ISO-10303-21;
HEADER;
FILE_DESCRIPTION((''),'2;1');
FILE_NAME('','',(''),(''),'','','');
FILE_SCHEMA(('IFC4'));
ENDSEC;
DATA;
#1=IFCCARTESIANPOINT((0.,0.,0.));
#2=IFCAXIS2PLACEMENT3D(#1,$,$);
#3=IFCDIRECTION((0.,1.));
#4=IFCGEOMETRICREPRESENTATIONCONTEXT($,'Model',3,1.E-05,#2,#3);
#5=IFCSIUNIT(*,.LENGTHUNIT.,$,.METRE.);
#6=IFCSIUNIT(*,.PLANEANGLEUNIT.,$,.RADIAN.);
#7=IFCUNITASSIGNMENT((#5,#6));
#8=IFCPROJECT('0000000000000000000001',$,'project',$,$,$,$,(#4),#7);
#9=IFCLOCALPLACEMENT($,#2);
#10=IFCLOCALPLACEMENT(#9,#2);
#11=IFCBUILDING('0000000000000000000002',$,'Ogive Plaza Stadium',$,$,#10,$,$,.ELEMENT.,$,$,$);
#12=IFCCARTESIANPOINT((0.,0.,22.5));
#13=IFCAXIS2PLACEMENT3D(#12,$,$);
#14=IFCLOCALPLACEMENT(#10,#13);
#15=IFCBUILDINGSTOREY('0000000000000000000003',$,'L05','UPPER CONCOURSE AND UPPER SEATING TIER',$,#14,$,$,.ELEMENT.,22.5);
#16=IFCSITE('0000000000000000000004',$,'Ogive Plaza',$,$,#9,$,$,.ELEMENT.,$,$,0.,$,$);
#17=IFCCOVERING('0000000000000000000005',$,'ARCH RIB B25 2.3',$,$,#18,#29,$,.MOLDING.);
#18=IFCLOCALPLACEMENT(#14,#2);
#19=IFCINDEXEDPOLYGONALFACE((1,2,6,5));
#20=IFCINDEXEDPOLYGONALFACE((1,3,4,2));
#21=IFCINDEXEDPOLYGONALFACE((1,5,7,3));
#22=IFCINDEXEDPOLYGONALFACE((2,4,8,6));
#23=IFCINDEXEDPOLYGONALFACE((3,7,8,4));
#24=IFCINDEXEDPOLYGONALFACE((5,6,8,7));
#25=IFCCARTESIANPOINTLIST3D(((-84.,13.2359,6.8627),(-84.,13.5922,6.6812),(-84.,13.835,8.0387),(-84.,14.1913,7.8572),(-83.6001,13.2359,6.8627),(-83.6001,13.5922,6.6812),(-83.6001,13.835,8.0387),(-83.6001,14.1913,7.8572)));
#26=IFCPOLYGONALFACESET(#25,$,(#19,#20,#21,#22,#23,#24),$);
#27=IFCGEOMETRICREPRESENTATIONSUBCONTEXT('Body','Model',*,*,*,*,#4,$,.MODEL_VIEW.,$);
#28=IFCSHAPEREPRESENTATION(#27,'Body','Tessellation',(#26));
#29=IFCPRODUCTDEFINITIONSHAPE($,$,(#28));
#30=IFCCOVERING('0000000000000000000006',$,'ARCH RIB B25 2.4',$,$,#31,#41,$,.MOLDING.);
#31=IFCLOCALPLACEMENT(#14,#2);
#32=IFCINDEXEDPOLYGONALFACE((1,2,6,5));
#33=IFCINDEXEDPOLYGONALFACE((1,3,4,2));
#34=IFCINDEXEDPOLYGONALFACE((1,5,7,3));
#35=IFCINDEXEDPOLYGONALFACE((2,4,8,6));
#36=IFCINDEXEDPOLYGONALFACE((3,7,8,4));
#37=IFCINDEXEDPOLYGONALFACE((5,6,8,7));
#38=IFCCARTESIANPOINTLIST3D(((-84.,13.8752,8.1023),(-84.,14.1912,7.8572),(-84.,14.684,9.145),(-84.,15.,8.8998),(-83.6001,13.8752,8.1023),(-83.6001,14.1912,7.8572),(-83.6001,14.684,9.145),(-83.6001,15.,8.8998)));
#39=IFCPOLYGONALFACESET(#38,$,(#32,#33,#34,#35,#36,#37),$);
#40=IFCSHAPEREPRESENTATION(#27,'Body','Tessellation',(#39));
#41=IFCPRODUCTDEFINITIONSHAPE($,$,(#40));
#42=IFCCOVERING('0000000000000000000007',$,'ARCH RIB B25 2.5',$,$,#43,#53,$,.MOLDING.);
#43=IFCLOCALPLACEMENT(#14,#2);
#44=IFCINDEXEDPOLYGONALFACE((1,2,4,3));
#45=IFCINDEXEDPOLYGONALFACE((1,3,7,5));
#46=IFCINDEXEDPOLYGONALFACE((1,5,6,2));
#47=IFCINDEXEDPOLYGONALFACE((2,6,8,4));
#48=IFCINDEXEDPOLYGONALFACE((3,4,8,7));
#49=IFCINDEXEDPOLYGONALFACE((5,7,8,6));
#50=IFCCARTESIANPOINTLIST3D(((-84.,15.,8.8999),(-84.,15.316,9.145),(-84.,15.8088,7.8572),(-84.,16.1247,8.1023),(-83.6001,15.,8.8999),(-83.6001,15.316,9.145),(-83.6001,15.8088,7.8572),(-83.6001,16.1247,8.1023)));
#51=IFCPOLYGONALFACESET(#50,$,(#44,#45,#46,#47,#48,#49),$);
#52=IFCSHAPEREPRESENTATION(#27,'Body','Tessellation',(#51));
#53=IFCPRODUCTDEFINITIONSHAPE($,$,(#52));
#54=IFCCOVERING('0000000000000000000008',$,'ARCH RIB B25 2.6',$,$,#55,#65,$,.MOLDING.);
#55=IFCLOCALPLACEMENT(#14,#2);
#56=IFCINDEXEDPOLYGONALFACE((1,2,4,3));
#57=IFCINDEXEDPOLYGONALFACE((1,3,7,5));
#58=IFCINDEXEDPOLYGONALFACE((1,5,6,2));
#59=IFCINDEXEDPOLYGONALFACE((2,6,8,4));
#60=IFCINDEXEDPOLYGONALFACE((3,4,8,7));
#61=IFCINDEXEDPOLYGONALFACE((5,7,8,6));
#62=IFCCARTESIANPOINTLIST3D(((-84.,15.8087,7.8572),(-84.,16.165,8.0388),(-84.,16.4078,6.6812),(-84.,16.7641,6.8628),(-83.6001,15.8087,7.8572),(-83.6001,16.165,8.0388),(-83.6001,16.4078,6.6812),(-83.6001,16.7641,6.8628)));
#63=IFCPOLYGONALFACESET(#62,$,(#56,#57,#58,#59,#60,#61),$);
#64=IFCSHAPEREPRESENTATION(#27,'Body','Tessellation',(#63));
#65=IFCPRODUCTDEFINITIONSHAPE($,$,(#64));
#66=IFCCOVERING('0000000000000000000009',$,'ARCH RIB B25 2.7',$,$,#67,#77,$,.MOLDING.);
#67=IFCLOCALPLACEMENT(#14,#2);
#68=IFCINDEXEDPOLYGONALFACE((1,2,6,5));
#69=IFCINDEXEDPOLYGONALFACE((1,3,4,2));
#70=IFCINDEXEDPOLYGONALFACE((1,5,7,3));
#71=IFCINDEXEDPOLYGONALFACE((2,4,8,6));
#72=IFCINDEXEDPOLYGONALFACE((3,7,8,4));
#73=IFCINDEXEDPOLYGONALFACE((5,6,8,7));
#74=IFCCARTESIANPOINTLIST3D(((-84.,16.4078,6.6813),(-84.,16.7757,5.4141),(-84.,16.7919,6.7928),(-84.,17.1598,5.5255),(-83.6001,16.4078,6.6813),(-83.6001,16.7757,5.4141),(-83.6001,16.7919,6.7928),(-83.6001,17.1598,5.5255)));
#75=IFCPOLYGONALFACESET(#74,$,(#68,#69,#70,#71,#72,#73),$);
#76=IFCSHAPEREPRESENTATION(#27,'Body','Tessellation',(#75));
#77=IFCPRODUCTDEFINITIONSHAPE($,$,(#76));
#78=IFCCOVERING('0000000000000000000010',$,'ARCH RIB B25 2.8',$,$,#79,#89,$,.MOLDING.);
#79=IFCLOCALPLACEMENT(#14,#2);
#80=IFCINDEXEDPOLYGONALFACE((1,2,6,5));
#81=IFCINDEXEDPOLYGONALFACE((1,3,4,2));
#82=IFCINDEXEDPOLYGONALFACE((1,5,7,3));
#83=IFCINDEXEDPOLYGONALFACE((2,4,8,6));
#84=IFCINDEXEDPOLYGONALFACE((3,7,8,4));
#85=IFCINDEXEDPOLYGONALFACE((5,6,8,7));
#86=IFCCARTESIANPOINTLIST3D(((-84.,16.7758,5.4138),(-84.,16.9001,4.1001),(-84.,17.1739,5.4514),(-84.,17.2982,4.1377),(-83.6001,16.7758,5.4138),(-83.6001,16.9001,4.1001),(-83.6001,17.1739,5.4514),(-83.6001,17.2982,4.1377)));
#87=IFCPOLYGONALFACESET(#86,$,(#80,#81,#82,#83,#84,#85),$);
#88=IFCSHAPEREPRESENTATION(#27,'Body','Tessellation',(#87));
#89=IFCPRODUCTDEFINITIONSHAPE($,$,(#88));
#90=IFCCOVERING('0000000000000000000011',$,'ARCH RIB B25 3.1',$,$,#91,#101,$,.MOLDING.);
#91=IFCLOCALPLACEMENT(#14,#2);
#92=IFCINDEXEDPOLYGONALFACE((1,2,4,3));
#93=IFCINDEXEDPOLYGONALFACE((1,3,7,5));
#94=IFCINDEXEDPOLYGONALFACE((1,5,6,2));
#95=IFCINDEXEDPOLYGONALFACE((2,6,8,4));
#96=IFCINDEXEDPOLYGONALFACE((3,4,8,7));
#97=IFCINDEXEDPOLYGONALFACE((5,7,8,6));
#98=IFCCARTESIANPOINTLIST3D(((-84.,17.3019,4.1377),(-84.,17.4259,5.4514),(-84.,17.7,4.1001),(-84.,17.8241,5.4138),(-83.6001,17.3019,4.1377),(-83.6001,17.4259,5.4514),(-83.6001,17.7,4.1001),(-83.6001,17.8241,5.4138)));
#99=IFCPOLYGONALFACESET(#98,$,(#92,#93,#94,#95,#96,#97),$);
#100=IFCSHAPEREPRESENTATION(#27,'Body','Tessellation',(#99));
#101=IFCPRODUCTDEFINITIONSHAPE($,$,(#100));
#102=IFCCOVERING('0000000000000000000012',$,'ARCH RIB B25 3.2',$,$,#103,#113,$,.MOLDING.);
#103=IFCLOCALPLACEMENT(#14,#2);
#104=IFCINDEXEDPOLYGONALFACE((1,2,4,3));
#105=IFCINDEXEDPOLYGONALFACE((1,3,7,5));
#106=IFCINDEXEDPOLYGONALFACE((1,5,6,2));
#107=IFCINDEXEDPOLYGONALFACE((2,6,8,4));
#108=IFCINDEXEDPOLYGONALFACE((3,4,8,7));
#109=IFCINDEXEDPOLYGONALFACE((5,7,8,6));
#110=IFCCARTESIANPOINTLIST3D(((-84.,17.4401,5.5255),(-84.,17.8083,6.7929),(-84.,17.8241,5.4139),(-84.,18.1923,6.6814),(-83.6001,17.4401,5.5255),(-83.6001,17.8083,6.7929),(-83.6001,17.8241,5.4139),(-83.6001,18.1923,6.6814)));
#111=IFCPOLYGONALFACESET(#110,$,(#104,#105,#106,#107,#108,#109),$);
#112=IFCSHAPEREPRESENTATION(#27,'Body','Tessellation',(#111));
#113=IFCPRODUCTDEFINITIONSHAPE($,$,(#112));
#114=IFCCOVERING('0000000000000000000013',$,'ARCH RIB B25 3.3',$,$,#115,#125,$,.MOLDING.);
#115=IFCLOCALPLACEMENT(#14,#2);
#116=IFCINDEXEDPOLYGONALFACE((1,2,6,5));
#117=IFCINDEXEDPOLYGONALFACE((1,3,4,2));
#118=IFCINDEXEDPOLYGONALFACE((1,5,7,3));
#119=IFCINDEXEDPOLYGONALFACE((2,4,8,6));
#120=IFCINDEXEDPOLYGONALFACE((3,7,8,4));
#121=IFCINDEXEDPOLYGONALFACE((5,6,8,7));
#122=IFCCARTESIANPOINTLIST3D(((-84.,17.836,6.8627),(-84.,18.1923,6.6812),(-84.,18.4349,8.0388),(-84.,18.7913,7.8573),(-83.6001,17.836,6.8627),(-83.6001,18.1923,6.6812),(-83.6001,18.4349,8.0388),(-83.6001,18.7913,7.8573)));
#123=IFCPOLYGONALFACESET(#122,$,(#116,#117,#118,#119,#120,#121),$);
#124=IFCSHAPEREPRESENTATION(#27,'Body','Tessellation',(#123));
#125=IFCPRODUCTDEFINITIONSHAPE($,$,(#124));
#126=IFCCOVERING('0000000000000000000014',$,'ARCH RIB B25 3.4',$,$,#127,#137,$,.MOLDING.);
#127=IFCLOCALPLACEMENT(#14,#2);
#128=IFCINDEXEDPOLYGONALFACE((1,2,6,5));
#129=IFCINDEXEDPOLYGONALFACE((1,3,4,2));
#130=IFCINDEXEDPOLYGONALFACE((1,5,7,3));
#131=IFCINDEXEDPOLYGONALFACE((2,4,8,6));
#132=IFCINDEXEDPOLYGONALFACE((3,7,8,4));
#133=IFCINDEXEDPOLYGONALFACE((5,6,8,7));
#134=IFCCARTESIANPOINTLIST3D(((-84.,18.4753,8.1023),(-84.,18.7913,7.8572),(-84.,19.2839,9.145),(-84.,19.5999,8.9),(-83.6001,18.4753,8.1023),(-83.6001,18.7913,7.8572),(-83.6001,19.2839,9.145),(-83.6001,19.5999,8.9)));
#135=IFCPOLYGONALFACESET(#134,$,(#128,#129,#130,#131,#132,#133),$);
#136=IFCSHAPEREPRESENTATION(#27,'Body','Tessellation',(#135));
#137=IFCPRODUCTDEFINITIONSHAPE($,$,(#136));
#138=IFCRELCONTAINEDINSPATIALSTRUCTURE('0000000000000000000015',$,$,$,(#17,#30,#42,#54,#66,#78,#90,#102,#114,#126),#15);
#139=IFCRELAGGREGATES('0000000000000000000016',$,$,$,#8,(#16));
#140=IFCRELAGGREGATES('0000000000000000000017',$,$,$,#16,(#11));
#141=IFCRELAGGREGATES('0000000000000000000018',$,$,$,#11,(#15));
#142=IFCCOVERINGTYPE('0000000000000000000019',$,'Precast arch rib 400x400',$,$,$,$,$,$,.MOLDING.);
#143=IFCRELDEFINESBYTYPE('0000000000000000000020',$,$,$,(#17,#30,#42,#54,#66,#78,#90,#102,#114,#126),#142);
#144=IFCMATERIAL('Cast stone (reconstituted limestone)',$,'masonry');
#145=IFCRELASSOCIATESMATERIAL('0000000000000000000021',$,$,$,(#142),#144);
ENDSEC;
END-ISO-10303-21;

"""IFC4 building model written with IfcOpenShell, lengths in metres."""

from ifc_helpers import new_model, si_unit, direction, frame, origin, origin_2d, place, context, subcontext, project, spatial, rectangle, extrude, material, material_profile, profile_set, type_object, element, save


model = new_model("IFC4")

# Units and contexts
model_context = context("Model", 3, precision=1e-05, world=origin(), true_north=direction((0.0, 1.0)))
body_context = subcontext(model_context, "Body", "Model", "MODEL_VIEW")
ifc_project = project(units=[si_unit("LENGTHUNIT", "METRE"), si_unit("PLANEANGLEUNIT", "RADIAN")], contexts=[model_context])

# Site, building, storey
site_placement = place(None, origin())
site = spatial("IfcSite", under=ifc_project, at=site_placement, Name="Ogive Plaza", CompositionType="ELEMENT", RefElevation=0.0)
building_placement = place(site_placement, origin())
building = spatial("IfcBuilding", under=site, at=building_placement, Name="Ogive Plaza Stadium", CompositionType="ELEMENT")
storey_placement = place(building_placement, frame((0.0, 0.0, 22.5)))
storey = spatial("IfcBuildingStorey", under=building, at=storey_placement, Name="L05", Description="UPPER CONCOURSE AND UPPER SEATING TIER", CompositionType="ELEMENT", Elevation=22.5)

# Coverings
ifc_material_1 = material(Name="Cast stone (reconstituted limestone)", Category="masonry")
ifc_material_profile_1 = material_profile(ifc_material_1, rectangle(XDim=0.3999, YDim=0.3999, at=origin_2d()), Name="Cast stone 400x400")
ifc_profile_set_1 = profile_set([ifc_material_profile_1], Name="Cast stone (reconstituted limestone)")
covering_type = type_object("IfcCoveringType", Name="Precast arch rib 400x400", PredefinedType="MOLDING", material=ifc_profile_set_1)
covering_1_placement = place(storey_placement, frame((-83.8, 13.4141, 6.772), z_axis=(0.0, 0.453934, 0.891035), x_axis=(-1.0, 0.0, 0.0)))
element("IfcCovering", 1, at=covering_1_placement, inside=storey, type_object=covering_type, Name="ARCH RIB B25 2.3", PredefinedType="MOLDING", context=body_context, shape_type="SweptSolid", body=[
    extrude(rectangle(XDim=0.3999, YDim=0.3999, at=origin_2d()), origin(), (0.0, 0.0, 1.0), 1.3198),
])
for number, where, z_axis, x_axis, name in (
    (2, (-83.8, 14.0332, 7.9797), (0.0, 0.612915, 0.790148), (-1.0, 0.0, 0.0), "ARCH RIB B25 2.4"),
    (3, (-83.8, 15.158, 9.0225), (0.0, 0.612915, -0.790148), (-1.0, 0.0, 0.0), "ARCH RIB B25 2.5"),
):
    element("IfcCovering", number, at=place(storey_placement, frame(where, z_axis=z_axis, x_axis=x_axis)), inside=storey, type_object=covering_type, Name=name, PredefinedType="MOLDING", context=body_context, shape_type="SweptSolid", body=[
        extrude(rectangle(XDim=0.3999, YDim=0.3999, at=origin_2d()), origin(), (0.0, 0.0, 1.0), 1.3196),
    ])
covering_2_placement = place(storey_placement, frame((-83.8, 15.9868, 7.948), z_axis=(0.0, 0.453934, -0.891035), x_axis=(-1.0, 0.0, 0.0)))
element("IfcCovering", 4, at=covering_2_placement, inside=storey, type_object=covering_type, Name="ARCH RIB B25 2.6", PredefinedType="MOLDING", context=body_context, shape_type="SweptSolid", body=[
    extrude(rectangle(XDim=0.3999, YDim=0.3999, at=origin_2d()), origin(), (0.0, 0.0, 1.0), 1.3198),
])
for number, where, z_axis, x_axis, name in (
    (5, (-83.8, 16.5999, 6.7371), (0.0, 0.278799, -0.960349), (-1.0, 0.0, 0.0), "ARCH RIB B25 2.7"),
    (6, (-83.8, 16.9749, 5.4326), (0.0, 0.094172, -0.995556), (-1.0, 0.0, 0.0), "ARCH RIB B25 2.8"),
    (7, (-83.8, 17.501, 4.1189), (0.0, 0.093988, 0.995573), (-1.0, 0.0, 0.0), "ARCH RIB B25 3.1"),
):
    element("IfcCovering", number, at=place(storey_placement, frame(where, z_axis=z_axis, x_axis=x_axis)), inside=storey, type_object=covering_type, Name=name, PredefinedType="MOLDING", context=body_context, shape_type="SweptSolid", body=[
        extrude(rectangle(XDim=0.3999, YDim=0.3999, at=origin_2d()), origin(), (0.0, 0.0, 1.0), 1.3196),
    ])
for number, where, z_axis, x_axis, name in (
    (8, (-83.8, 17.6321, 5.4697), (0.0, 0.27897, 0.9603), (-1.0, 0.0, 0.0), "ARCH RIB B25 3.2"),
    (9, (-83.8, 18.0142, 6.772), (0.0, 0.453787, 0.89111), (-1.0, 0.0, 0.0), "ARCH RIB B25 3.3"),
):
    element("IfcCovering", number, at=place(storey_placement, frame(where, z_axis=z_axis, x_axis=x_axis)), inside=storey, type_object=covering_type, Name=name, PredefinedType="MOLDING", context=body_context, shape_type="SweptSolid", body=[
        extrude(rectangle(XDim=0.3999, YDim=0.3999, at=origin_2d()), origin(), (0.0, 0.0, 1.0), 1.3198),
    ])
covering_3_placement = place(storey_placement, frame((-83.8, 18.6333, 7.9797), z_axis=(0.0, 0.6128, 0.790238), x_axis=(-1.0, 0.0, 0.0)))
element("IfcCovering", 10, at=covering_3_placement, inside=storey, type_object=covering_type, Name="ARCH RIB B25 3.4", PredefinedType="MOLDING", context=body_context, shape_type="SweptSolid", body=[
    extrude(rectangle(XDim=0.3999, YDim=0.3999, at=origin_2d()), origin(), (0.0, 0.0, 1.0), 1.3196),
])

save(model, "model.ifc")
